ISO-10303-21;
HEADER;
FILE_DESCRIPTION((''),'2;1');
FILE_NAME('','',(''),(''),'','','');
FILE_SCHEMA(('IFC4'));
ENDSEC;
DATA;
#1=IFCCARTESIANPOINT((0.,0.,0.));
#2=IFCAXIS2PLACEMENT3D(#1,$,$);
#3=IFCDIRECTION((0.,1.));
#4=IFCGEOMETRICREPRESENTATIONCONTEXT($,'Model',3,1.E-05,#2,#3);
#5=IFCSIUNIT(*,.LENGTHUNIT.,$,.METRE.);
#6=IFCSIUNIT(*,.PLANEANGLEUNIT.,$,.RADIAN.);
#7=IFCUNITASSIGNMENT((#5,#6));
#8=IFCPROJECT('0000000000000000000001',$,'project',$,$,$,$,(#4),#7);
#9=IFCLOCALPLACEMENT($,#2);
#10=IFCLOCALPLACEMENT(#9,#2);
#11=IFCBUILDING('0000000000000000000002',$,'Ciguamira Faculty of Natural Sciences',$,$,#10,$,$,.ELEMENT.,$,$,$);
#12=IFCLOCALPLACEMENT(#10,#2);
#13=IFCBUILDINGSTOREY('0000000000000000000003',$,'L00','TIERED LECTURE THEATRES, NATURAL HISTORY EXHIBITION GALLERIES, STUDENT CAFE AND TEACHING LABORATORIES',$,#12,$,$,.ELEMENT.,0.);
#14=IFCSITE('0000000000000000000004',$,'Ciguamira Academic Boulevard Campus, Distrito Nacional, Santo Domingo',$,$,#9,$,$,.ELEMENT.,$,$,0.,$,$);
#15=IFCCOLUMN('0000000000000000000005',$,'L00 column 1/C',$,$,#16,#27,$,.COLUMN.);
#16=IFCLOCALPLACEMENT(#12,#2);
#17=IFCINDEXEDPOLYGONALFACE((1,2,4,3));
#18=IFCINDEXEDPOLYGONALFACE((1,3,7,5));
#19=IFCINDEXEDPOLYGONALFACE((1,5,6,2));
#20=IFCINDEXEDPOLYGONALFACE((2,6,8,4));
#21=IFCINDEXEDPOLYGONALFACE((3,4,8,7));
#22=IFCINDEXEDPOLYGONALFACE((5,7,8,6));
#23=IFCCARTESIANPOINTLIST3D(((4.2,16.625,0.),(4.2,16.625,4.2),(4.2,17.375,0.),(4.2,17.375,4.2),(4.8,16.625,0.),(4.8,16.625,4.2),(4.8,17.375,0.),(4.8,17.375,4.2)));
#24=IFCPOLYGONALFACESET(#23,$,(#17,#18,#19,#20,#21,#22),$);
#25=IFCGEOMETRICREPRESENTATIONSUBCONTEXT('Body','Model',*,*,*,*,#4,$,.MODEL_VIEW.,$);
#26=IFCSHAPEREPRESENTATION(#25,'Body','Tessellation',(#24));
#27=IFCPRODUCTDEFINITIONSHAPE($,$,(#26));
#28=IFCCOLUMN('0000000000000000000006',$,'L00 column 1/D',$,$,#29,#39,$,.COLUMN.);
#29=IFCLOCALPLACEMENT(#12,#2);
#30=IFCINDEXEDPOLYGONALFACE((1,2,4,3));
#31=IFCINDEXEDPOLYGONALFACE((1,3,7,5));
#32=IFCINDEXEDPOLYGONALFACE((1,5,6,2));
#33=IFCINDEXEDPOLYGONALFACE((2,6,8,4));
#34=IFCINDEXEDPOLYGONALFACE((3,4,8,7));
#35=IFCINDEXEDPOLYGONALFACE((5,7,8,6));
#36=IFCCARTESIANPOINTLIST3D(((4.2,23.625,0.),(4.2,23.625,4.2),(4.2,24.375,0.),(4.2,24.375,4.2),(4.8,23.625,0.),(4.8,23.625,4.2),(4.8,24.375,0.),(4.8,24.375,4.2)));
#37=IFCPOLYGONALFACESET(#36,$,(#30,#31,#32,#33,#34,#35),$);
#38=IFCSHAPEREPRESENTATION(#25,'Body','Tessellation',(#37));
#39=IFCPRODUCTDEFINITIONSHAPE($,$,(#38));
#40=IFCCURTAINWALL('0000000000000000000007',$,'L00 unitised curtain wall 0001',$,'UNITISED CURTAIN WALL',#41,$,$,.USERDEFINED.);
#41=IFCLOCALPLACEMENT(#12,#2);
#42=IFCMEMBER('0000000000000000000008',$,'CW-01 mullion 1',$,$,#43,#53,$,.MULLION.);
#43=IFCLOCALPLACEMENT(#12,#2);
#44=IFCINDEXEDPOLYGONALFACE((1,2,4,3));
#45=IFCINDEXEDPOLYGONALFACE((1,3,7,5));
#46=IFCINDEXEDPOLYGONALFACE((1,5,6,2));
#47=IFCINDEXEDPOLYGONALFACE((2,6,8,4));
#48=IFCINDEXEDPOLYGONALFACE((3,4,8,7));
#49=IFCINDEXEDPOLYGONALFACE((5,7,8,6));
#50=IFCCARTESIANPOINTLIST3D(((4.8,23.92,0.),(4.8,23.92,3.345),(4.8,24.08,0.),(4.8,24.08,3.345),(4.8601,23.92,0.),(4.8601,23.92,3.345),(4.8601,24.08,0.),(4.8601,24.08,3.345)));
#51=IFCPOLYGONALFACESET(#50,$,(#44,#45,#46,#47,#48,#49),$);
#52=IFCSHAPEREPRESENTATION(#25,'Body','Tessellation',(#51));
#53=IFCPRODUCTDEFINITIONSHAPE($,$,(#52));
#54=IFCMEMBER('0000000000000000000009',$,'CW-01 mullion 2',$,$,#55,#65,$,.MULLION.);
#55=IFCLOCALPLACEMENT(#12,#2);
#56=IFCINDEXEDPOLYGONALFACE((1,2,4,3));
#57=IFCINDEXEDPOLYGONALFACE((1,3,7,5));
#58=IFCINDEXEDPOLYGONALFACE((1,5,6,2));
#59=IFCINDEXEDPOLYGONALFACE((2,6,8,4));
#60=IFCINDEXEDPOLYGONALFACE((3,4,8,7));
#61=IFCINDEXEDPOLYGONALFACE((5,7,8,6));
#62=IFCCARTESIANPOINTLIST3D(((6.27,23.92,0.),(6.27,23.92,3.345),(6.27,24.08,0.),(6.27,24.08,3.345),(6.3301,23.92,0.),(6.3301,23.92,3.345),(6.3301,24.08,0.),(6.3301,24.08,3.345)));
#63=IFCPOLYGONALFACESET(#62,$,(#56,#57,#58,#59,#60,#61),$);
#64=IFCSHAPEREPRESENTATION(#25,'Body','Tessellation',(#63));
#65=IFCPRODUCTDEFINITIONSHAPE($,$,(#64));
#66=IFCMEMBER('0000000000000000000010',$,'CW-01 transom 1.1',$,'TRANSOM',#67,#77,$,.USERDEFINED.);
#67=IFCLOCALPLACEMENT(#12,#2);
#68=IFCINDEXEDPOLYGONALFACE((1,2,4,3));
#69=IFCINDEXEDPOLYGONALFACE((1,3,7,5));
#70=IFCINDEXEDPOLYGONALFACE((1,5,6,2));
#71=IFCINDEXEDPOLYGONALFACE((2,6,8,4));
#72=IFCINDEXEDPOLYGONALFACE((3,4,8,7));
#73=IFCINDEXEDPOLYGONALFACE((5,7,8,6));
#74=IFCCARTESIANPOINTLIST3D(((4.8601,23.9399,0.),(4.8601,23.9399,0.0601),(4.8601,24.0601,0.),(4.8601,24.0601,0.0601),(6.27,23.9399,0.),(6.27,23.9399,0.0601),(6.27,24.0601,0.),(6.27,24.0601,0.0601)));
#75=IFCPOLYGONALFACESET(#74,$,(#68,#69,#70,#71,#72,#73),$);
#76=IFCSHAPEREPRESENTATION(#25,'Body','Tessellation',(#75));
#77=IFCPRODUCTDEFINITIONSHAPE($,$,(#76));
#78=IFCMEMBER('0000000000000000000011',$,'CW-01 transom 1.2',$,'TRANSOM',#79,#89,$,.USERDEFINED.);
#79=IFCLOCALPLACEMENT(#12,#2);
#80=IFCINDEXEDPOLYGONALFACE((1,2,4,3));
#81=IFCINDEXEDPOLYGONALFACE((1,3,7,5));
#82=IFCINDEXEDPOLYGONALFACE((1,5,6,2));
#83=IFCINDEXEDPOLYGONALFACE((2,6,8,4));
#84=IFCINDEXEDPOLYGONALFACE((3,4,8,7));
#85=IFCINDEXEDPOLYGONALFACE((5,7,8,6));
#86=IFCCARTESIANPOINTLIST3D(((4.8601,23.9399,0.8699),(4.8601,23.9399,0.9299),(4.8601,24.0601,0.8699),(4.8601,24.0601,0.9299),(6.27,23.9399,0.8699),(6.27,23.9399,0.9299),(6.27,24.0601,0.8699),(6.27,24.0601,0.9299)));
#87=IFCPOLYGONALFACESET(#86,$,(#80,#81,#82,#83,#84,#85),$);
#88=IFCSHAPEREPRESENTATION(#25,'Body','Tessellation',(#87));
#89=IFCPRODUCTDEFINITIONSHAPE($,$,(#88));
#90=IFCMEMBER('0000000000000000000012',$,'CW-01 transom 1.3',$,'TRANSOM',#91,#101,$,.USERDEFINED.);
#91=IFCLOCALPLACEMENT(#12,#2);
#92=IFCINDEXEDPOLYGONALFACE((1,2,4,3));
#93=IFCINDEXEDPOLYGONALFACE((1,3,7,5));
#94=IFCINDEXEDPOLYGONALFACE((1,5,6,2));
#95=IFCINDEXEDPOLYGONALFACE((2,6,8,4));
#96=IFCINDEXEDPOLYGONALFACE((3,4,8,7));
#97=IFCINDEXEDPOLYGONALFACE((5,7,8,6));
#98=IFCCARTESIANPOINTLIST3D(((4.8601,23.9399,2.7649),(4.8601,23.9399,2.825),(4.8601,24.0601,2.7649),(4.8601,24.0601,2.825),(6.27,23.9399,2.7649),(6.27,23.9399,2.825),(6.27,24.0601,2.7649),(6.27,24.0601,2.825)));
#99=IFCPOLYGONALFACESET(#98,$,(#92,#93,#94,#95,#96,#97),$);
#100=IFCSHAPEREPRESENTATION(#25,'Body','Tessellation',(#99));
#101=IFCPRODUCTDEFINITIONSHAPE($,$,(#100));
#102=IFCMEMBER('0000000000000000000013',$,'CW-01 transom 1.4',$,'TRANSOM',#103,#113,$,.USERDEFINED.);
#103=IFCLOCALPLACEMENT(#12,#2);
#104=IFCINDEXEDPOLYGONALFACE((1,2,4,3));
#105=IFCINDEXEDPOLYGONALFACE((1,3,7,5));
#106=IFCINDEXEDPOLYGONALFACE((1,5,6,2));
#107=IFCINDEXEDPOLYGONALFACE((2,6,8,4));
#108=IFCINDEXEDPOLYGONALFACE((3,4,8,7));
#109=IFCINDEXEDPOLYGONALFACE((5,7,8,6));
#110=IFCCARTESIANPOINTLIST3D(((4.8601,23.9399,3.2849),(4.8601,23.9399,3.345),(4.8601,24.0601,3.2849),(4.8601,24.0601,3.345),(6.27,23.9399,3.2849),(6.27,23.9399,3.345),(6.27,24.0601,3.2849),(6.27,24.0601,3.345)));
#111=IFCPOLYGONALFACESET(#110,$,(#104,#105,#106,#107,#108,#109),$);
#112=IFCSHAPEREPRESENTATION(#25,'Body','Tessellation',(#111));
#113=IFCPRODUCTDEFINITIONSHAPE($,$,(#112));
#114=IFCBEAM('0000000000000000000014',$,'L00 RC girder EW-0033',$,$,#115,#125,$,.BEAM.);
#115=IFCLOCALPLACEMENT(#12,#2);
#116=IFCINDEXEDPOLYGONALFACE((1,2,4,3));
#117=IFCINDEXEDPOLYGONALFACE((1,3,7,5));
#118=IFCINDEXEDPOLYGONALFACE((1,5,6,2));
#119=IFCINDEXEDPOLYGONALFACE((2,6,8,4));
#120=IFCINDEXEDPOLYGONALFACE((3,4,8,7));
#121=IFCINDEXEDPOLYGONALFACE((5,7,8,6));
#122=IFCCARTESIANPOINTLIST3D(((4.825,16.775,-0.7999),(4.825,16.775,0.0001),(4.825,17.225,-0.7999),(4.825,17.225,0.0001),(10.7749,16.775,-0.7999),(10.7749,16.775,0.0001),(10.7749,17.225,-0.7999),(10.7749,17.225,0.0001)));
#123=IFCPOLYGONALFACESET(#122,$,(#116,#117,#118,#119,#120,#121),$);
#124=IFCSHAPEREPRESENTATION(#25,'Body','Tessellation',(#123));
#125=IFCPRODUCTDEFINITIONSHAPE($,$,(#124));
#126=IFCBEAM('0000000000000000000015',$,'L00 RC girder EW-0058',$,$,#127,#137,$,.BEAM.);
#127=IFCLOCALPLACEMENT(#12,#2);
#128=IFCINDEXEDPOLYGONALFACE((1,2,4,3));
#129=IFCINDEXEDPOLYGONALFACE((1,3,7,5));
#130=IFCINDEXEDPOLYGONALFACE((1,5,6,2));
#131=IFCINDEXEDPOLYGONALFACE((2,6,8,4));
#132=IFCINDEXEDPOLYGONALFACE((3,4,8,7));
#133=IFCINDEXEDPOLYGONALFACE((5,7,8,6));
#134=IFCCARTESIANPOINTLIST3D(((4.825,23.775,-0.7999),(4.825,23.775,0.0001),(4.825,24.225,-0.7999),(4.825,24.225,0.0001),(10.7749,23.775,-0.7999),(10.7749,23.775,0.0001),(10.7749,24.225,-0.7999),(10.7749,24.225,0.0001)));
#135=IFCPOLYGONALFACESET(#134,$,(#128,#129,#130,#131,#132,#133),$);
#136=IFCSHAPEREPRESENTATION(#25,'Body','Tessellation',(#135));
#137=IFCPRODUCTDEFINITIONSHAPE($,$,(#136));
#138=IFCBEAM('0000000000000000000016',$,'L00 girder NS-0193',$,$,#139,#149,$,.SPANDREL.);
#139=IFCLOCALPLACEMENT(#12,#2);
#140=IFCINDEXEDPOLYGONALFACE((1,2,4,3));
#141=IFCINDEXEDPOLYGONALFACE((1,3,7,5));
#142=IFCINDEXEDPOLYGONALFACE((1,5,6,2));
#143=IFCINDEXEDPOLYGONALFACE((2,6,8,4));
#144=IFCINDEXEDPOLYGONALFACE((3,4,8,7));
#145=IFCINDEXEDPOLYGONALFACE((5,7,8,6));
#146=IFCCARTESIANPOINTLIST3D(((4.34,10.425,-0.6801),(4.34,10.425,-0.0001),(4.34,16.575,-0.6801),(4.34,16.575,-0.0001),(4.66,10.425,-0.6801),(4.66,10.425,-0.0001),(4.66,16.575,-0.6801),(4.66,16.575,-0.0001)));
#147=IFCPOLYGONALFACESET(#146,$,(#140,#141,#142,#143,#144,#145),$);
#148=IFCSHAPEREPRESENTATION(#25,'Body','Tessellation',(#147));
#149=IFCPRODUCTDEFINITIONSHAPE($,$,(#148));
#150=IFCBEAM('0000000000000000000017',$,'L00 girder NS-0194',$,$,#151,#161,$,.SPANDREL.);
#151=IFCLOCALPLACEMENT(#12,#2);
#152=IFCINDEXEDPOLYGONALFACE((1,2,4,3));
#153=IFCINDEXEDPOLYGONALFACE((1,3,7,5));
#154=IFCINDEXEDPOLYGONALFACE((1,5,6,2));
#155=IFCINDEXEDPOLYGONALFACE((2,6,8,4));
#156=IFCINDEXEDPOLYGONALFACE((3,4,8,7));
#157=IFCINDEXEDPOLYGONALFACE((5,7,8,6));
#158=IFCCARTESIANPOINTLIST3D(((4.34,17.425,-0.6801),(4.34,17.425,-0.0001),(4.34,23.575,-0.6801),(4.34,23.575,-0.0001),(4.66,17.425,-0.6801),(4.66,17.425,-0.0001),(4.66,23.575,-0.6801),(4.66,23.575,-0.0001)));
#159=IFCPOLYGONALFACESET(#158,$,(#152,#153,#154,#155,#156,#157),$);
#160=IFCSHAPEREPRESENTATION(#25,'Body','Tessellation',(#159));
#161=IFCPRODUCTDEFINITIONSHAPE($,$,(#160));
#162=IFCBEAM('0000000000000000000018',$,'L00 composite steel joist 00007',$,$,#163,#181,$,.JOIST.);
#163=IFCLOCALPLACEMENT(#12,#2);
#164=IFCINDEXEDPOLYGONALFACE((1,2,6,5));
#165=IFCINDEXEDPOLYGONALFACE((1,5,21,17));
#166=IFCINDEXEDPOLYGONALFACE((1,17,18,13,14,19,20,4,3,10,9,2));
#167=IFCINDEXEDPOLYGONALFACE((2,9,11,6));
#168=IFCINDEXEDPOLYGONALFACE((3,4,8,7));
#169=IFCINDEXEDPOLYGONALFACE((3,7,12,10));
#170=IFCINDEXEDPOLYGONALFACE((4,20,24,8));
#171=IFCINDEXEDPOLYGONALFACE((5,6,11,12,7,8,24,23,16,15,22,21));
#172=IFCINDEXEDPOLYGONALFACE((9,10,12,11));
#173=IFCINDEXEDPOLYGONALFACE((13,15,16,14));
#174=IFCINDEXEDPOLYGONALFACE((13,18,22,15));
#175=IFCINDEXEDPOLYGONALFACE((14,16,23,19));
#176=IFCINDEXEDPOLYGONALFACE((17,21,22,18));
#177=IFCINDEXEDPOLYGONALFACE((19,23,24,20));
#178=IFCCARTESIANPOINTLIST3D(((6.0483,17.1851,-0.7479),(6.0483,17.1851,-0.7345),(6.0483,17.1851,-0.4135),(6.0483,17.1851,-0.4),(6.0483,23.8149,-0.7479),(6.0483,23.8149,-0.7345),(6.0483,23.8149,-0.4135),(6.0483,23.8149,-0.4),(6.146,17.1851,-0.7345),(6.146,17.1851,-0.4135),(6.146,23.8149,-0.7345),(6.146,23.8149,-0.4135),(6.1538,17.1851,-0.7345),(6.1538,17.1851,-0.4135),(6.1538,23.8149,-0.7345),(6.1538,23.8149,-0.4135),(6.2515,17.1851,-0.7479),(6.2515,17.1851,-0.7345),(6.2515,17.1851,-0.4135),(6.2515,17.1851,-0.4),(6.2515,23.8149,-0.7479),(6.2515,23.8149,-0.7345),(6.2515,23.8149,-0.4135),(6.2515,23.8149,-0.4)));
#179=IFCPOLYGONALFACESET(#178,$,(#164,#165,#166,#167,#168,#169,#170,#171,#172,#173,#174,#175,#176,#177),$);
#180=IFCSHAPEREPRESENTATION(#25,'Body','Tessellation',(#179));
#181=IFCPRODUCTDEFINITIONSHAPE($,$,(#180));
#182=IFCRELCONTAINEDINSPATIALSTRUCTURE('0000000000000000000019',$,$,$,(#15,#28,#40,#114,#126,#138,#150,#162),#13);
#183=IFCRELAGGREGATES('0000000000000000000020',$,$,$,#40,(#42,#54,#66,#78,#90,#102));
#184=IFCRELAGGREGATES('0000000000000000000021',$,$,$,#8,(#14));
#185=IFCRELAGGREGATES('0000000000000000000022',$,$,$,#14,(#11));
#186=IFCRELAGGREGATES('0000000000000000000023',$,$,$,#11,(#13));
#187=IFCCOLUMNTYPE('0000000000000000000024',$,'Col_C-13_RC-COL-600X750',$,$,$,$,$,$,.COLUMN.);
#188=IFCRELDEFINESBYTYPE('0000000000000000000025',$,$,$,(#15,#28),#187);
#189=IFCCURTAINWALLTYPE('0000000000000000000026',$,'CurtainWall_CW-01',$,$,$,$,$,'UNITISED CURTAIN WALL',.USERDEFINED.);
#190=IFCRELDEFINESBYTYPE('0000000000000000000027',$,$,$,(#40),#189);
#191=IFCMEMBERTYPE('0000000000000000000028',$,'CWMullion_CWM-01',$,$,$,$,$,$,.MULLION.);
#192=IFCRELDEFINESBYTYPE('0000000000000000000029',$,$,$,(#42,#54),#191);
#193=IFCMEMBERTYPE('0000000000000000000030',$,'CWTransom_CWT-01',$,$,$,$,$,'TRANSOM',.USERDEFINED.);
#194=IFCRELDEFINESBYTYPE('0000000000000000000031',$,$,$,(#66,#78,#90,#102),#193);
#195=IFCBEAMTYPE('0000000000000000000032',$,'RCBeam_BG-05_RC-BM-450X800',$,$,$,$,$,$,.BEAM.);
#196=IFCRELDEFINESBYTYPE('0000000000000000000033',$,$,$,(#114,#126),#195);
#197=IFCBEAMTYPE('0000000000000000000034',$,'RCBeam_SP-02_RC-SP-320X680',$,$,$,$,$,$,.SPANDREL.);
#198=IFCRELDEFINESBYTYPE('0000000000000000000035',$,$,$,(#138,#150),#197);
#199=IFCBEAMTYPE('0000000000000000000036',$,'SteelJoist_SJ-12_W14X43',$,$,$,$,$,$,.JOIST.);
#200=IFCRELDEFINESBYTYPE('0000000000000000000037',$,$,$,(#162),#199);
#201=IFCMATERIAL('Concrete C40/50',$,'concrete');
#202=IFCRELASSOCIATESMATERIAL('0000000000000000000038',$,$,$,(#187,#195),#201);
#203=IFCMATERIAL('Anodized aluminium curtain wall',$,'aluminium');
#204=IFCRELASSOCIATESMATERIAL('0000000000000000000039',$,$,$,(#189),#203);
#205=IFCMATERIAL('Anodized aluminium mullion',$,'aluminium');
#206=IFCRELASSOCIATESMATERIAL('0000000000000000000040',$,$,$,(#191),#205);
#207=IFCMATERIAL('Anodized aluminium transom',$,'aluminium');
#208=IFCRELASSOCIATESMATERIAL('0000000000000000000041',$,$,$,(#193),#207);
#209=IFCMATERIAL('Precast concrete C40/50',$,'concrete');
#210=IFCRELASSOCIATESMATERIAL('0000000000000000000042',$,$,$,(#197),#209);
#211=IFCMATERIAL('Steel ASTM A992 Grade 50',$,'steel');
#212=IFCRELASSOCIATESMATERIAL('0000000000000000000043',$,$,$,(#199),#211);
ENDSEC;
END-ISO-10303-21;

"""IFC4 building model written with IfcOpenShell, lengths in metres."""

from ifc_helpers import new_model, si_unit, direction, frame, origin, origin_2d, place, context, subcontext, project, spatial, rectangle, i_section, extrude, material, material_profile, profile_set, type_object, element, aggregate, save


model = new_model("IFC4")

# Units and contexts
model_context = context("Model", 3, precision=1e-05, world=origin(), true_north=direction((0.0, 1.0)))
body_context = subcontext(model_context, "Body", "Model", "MODEL_VIEW")
ifc_project = project(units=[si_unit("LENGTHUNIT", "METRE"), si_unit("PLANEANGLEUNIT", "RADIAN")], contexts=[model_context])

# Site, building, storey
site_placement = place(None, origin())
site = spatial("IfcSite", under=ifc_project, at=site_placement, Name="Ciguamira Academic Boulevard Campus, Distrito Nacional, Santo Domingo", CompositionType="ELEMENT", RefElevation=0.0)
building_placement = place(site_placement, origin())
building = spatial("IfcBuilding", under=site, at=building_placement, Name="Ciguamira Faculty of Natural Sciences", CompositionType="ELEMENT")
storey_placement = place(building_placement, origin())
storey = spatial("IfcBuildingStorey", under=building, at=storey_placement, Name="L00", Description="TIERED LECTURE THEATRES, NATURAL HISTORY EXHIBITION GALLERIES, STUDENT CAFE AND TEACHING LABORATORIES", CompositionType="ELEMENT", Elevation=0.0)

# Columns
ifc_material_1 = material(Name="Concrete C40/50", Category="concrete")
ifc_material_profile_1 = material_profile(ifc_material_1, rectangle(XDim=0.6001, YDim=0.75, at=origin_2d()), Name="RC-COL-600X750")
ifc_profile_set_1 = profile_set([ifc_material_profile_1], Name="Concrete C40/50")
column_type = type_object("IfcColumnType", Name="Col_C-13_RC-COL-600X750", PredefinedType="COLUMN", material=ifc_profile_set_1)
for number, where, z_axis, x_axis, name in (
    (1, (4.5, 17.0, 0.0), (0.0, 0.0, 1.0), (1.0, 0.0, 0.0), "L00 column 1/C"),
    (2, (4.5, 24.0, 0.0), (0.0, 0.0, 1.0), (1.0, 0.0, 0.0), "L00 column 1/D"),
):
    element("IfcColumn", number, at=place(storey_placement, frame(where, z_axis=z_axis, x_axis=x_axis)), inside=storey, type_object=column_type, Name=name, PredefinedType="COLUMN", context=body_context, shape_type="SweptSolid", body=[
        extrude(rectangle(XDim=0.6001, YDim=0.75, at=origin_2d()), origin(), (0.0, 0.0, 1.0), 4.2),
    ])

# Curtain wall, members
ifc_material_2 = material(Name="Anodized aluminium curtain wall", Category="aluminium")
curtain_wall_type = type_object("IfcCurtainWallType", Name="CurtainWall_CW-01", ElementType="UNITISED CURTAIN WALL", PredefinedType="USERDEFINED", material=ifc_material_2)
curtain_wall_placement = place(storey_placement, origin())
curtain_wall = element("IfcCurtainWall", 3, at=curtain_wall_placement, inside=storey, type_object=curtain_wall_type, Name="L00 unitised curtain wall 0001", ObjectType="UNITISED CURTAIN WALL", PredefinedType="USERDEFINED")
ifc_material_3 = material(Name="Anodized aluminium mullion", Category="aluminium")
ifc_material_profile_2 = material_profile(ifc_material_3, rectangle(XDim=0.0601, YDim=0.1599, at=origin_2d()), Name="ALU-MUL-60X160")
ifc_profile_set_2 = profile_set([ifc_material_profile_2], Name="Anodized aluminium mullion")
member_type_1 = type_object("IfcMemberType", Name="CWMullion_CWM-01", PredefinedType="MULLION", material=ifc_profile_set_2)
member_1_placement = place(storey_placement, frame((4.8301, 24.0, 0.0), z_axis=(0.0, 0.0, 1.0), x_axis=(1.0, 0.0, 0.0)))
member_1 = element("IfcMember", 4, at=member_1_placement, type_object=member_type_1, Name="CW-01 mullion 1", PredefinedType="MULLION", context=body_context, shape_type="SweptSolid", body=[
    extrude(rectangle(XDim=0.0601, YDim=0.1599, at=origin_2d()), origin(), (0.0, 0.0, 1.0), 3.345),
])
member_2_placement = place(storey_placement, frame((6.3, 24.0, 0.0), z_axis=(0.0, 0.0, 1.0), x_axis=(1.0, 0.0, 0.0)))
member_2 = element("IfcMember", 5, at=member_2_placement, type_object=member_type_1, Name="CW-01 mullion 2", PredefinedType="MULLION", context=body_context, shape_type="SweptSolid", body=[
    extrude(rectangle(XDim=0.0601, YDim=0.1599, at=origin_2d()), origin(), (0.0, 0.0, 1.0), 3.345),
])
ifc_material_4 = material(Name="Anodized aluminium transom", Category="aluminium")
ifc_material_profile_3 = material_profile(ifc_material_4, rectangle(XDim=0.0601, YDim=0.1201, at=origin_2d()), Name="ALU-TRN-60X120")
ifc_profile_set_3 = profile_set([ifc_material_profile_3], Name="Anodized aluminium transom")
member_type_2 = type_object("IfcMemberType", Name="CWTransom_CWT-01", ElementType="TRANSOM", PredefinedType="USERDEFINED", material=ifc_profile_set_3)
member_3_placement = place(storey_placement, frame((4.8601, 24.0, 0.03), z_axis=(1.0, 0.0, 0.0), x_axis=(0.0, 0.0, 1.0)))
member_3 = element("IfcMember", 6, at=member_3_placement, type_object=member_type_2, Name="CW-01 transom 1.1", ObjectType="TRANSOM", PredefinedType="USERDEFINED", context=body_context, shape_type="SweptSolid", body=[
    extrude(rectangle(XDim=0.0601, YDim=0.1201, at=origin_2d()), origin(), (0.0, 0.0, 1.0), 1.4099),
])
member_4_placement = place(storey_placement, frame((4.8601, 24.0, 0.8999), z_axis=(1.0, 0.0, 0.0), x_axis=(0.0, 0.0, 1.0)))
member_4 = element("IfcMember", 7, at=member_4_placement, type_object=member_type_2, Name="CW-01 transom 1.2", ObjectType="TRANSOM", PredefinedType="USERDEFINED", context=body_context, shape_type="SweptSolid", body=[
    extrude(rectangle(XDim=0.0601, YDim=0.1201, at=origin_2d()), origin(), (0.0, 0.0, 1.0), 1.4099),
])
member_5_placement = place(storey_placement, frame((4.8601, 24.0, 2.7949), z_axis=(1.0, 0.0, 0.0), x_axis=(0.0, 0.0, 1.0)))
member_5 = element("IfcMember", 8, at=member_5_placement, type_object=member_type_2, Name="CW-01 transom 1.3", ObjectType="TRANSOM", PredefinedType="USERDEFINED", context=body_context, shape_type="SweptSolid", body=[
    extrude(rectangle(XDim=0.0601, YDim=0.1201, at=origin_2d()), origin(), (0.0, 0.0, 1.0), 1.4099),
])
member_6_placement = place(storey_placement, frame((4.8601, 24.0, 3.3149), z_axis=(1.0, 0.0, 0.0), x_axis=(0.0, 0.0, 1.0)))
member_6 = element("IfcMember", 9, at=member_6_placement, type_object=member_type_2, Name="CW-01 transom 1.4", ObjectType="TRANSOM", PredefinedType="USERDEFINED", context=body_context, shape_type="SweptSolid", body=[
    extrude(rectangle(XDim=0.0601, YDim=0.1201, at=origin_2d()), origin(), (0.0, 0.0, 1.0), 1.4099),
])

# Beams
ifc_material_profile_4 = material_profile(ifc_material_1, rectangle(XDim=0.45, YDim=0.8, at=origin_2d()), Name="RC-BM-450X800")
ifc_profile_set_4 = profile_set([ifc_material_profile_4], Name="Concrete C40/50")
beam_type_1 = type_object("IfcBeamType", Name="RCBeam_BG-05_RC-BM-450X800", PredefinedType="BEAM", material=ifc_profile_set_4)
for number, where, z_axis, x_axis, name in (
    (10, (4.825, 17.0, -0.3999), (1.0, 0.0, 0.0), (0.0, 1.0, 0.0), "L00 RC girder EW-0033"),
    (11, (4.825, 24.0, -0.3999), (1.0, 0.0, 0.0), (0.0, 1.0, 0.0), "L00 RC girder EW-0058"),
):
    element("IfcBeam", number, at=place(storey_placement, frame(where, z_axis=z_axis, x_axis=x_axis)), inside=storey, type_object=beam_type_1, Name=name, PredefinedType="BEAM", context=body_context, shape_type="SweptSolid", body=[
        extrude(rectangle(XDim=0.45, YDim=0.8, at=origin_2d()), origin(), (0.0, 0.0, 1.0), 5.95),
    ])
ifc_material_5 = material(Name="Precast concrete C40/50", Category="concrete")
ifc_material_profile_5 = material_profile(ifc_material_5, rectangle(XDim=0.3201, YDim=0.6799, at=origin_2d()), Name="RC-SP-320X680")
ifc_profile_set_5 = profile_set([ifc_material_profile_5], Name="Precast concrete C40/50")
beam_type_2 = type_object("IfcBeamType", Name="RCBeam_SP-02_RC-SP-320X680", PredefinedType="SPANDREL", material=ifc_profile_set_5)
for number, where, z_axis, x_axis, name in (
    (12, (4.5, 10.425, -0.3401), (0.0, 1.0, 0.0), (-1.0, 0.0, 0.0), "L00 girder NS-0193"),
    (13, (4.5, 17.425, -0.3401), (0.0, 1.0, 0.0), (-1.0, 0.0, 0.0), "L00 girder NS-0194"),
):
    element("IfcBeam", number, at=place(storey_placement, frame(where, z_axis=z_axis, x_axis=x_axis)), inside=storey, type_object=beam_type_2, Name=name, PredefinedType="SPANDREL", context=body_context, shape_type="SweptSolid", body=[
        extrude(rectangle(XDim=0.3201, YDim=0.6799, at=origin_2d()), origin(), (0.0, 0.0, 1.0), 6.1499),
    ])
ifc_material_6 = material(Name="Steel ASTM A992 Grade 50", Category="steel")
ifc_material_profile_6 = material_profile(ifc_material_6, i_section(OverallWidth=0.2031, OverallDepth=0.3479, WebThickness=0.0078, FlangeThickness=0.0134, at=origin_2d()), Name="W14X43")
ifc_profile_set_6 = profile_set([ifc_material_profile_6], Name="Steel ASTM A992 Grade 50")
beam_type_3 = type_object("IfcBeamType", Name="SteelJoist_SJ-12_W14X43", PredefinedType="JOIST", material=ifc_profile_set_6)
beam_placement = place(storey_placement, frame((6.1499, 17.1851, -0.574), z_axis=(0.0, 1.0, 0.0), x_axis=(-1.0, 0.0, 0.0)))
element("IfcBeam", 14, at=beam_placement, inside=storey, type_object=beam_type_3, Name="L00 composite steel joist 00007", PredefinedType="JOIST", context=body_context, shape_type="SweptSolid", body=[
    extrude(i_section(OverallWidth=0.2031, OverallDepth=0.3479, WebThickness=0.0078, FlangeThickness=0.0134, at=origin_2d()), origin(), (0.0, 0.0, 1.0), 6.6299),
])

aggregate(curtain_wall, [member_1, member_2, member_3, member_4, member_5, member_6])

save(model, "model.ifc")
